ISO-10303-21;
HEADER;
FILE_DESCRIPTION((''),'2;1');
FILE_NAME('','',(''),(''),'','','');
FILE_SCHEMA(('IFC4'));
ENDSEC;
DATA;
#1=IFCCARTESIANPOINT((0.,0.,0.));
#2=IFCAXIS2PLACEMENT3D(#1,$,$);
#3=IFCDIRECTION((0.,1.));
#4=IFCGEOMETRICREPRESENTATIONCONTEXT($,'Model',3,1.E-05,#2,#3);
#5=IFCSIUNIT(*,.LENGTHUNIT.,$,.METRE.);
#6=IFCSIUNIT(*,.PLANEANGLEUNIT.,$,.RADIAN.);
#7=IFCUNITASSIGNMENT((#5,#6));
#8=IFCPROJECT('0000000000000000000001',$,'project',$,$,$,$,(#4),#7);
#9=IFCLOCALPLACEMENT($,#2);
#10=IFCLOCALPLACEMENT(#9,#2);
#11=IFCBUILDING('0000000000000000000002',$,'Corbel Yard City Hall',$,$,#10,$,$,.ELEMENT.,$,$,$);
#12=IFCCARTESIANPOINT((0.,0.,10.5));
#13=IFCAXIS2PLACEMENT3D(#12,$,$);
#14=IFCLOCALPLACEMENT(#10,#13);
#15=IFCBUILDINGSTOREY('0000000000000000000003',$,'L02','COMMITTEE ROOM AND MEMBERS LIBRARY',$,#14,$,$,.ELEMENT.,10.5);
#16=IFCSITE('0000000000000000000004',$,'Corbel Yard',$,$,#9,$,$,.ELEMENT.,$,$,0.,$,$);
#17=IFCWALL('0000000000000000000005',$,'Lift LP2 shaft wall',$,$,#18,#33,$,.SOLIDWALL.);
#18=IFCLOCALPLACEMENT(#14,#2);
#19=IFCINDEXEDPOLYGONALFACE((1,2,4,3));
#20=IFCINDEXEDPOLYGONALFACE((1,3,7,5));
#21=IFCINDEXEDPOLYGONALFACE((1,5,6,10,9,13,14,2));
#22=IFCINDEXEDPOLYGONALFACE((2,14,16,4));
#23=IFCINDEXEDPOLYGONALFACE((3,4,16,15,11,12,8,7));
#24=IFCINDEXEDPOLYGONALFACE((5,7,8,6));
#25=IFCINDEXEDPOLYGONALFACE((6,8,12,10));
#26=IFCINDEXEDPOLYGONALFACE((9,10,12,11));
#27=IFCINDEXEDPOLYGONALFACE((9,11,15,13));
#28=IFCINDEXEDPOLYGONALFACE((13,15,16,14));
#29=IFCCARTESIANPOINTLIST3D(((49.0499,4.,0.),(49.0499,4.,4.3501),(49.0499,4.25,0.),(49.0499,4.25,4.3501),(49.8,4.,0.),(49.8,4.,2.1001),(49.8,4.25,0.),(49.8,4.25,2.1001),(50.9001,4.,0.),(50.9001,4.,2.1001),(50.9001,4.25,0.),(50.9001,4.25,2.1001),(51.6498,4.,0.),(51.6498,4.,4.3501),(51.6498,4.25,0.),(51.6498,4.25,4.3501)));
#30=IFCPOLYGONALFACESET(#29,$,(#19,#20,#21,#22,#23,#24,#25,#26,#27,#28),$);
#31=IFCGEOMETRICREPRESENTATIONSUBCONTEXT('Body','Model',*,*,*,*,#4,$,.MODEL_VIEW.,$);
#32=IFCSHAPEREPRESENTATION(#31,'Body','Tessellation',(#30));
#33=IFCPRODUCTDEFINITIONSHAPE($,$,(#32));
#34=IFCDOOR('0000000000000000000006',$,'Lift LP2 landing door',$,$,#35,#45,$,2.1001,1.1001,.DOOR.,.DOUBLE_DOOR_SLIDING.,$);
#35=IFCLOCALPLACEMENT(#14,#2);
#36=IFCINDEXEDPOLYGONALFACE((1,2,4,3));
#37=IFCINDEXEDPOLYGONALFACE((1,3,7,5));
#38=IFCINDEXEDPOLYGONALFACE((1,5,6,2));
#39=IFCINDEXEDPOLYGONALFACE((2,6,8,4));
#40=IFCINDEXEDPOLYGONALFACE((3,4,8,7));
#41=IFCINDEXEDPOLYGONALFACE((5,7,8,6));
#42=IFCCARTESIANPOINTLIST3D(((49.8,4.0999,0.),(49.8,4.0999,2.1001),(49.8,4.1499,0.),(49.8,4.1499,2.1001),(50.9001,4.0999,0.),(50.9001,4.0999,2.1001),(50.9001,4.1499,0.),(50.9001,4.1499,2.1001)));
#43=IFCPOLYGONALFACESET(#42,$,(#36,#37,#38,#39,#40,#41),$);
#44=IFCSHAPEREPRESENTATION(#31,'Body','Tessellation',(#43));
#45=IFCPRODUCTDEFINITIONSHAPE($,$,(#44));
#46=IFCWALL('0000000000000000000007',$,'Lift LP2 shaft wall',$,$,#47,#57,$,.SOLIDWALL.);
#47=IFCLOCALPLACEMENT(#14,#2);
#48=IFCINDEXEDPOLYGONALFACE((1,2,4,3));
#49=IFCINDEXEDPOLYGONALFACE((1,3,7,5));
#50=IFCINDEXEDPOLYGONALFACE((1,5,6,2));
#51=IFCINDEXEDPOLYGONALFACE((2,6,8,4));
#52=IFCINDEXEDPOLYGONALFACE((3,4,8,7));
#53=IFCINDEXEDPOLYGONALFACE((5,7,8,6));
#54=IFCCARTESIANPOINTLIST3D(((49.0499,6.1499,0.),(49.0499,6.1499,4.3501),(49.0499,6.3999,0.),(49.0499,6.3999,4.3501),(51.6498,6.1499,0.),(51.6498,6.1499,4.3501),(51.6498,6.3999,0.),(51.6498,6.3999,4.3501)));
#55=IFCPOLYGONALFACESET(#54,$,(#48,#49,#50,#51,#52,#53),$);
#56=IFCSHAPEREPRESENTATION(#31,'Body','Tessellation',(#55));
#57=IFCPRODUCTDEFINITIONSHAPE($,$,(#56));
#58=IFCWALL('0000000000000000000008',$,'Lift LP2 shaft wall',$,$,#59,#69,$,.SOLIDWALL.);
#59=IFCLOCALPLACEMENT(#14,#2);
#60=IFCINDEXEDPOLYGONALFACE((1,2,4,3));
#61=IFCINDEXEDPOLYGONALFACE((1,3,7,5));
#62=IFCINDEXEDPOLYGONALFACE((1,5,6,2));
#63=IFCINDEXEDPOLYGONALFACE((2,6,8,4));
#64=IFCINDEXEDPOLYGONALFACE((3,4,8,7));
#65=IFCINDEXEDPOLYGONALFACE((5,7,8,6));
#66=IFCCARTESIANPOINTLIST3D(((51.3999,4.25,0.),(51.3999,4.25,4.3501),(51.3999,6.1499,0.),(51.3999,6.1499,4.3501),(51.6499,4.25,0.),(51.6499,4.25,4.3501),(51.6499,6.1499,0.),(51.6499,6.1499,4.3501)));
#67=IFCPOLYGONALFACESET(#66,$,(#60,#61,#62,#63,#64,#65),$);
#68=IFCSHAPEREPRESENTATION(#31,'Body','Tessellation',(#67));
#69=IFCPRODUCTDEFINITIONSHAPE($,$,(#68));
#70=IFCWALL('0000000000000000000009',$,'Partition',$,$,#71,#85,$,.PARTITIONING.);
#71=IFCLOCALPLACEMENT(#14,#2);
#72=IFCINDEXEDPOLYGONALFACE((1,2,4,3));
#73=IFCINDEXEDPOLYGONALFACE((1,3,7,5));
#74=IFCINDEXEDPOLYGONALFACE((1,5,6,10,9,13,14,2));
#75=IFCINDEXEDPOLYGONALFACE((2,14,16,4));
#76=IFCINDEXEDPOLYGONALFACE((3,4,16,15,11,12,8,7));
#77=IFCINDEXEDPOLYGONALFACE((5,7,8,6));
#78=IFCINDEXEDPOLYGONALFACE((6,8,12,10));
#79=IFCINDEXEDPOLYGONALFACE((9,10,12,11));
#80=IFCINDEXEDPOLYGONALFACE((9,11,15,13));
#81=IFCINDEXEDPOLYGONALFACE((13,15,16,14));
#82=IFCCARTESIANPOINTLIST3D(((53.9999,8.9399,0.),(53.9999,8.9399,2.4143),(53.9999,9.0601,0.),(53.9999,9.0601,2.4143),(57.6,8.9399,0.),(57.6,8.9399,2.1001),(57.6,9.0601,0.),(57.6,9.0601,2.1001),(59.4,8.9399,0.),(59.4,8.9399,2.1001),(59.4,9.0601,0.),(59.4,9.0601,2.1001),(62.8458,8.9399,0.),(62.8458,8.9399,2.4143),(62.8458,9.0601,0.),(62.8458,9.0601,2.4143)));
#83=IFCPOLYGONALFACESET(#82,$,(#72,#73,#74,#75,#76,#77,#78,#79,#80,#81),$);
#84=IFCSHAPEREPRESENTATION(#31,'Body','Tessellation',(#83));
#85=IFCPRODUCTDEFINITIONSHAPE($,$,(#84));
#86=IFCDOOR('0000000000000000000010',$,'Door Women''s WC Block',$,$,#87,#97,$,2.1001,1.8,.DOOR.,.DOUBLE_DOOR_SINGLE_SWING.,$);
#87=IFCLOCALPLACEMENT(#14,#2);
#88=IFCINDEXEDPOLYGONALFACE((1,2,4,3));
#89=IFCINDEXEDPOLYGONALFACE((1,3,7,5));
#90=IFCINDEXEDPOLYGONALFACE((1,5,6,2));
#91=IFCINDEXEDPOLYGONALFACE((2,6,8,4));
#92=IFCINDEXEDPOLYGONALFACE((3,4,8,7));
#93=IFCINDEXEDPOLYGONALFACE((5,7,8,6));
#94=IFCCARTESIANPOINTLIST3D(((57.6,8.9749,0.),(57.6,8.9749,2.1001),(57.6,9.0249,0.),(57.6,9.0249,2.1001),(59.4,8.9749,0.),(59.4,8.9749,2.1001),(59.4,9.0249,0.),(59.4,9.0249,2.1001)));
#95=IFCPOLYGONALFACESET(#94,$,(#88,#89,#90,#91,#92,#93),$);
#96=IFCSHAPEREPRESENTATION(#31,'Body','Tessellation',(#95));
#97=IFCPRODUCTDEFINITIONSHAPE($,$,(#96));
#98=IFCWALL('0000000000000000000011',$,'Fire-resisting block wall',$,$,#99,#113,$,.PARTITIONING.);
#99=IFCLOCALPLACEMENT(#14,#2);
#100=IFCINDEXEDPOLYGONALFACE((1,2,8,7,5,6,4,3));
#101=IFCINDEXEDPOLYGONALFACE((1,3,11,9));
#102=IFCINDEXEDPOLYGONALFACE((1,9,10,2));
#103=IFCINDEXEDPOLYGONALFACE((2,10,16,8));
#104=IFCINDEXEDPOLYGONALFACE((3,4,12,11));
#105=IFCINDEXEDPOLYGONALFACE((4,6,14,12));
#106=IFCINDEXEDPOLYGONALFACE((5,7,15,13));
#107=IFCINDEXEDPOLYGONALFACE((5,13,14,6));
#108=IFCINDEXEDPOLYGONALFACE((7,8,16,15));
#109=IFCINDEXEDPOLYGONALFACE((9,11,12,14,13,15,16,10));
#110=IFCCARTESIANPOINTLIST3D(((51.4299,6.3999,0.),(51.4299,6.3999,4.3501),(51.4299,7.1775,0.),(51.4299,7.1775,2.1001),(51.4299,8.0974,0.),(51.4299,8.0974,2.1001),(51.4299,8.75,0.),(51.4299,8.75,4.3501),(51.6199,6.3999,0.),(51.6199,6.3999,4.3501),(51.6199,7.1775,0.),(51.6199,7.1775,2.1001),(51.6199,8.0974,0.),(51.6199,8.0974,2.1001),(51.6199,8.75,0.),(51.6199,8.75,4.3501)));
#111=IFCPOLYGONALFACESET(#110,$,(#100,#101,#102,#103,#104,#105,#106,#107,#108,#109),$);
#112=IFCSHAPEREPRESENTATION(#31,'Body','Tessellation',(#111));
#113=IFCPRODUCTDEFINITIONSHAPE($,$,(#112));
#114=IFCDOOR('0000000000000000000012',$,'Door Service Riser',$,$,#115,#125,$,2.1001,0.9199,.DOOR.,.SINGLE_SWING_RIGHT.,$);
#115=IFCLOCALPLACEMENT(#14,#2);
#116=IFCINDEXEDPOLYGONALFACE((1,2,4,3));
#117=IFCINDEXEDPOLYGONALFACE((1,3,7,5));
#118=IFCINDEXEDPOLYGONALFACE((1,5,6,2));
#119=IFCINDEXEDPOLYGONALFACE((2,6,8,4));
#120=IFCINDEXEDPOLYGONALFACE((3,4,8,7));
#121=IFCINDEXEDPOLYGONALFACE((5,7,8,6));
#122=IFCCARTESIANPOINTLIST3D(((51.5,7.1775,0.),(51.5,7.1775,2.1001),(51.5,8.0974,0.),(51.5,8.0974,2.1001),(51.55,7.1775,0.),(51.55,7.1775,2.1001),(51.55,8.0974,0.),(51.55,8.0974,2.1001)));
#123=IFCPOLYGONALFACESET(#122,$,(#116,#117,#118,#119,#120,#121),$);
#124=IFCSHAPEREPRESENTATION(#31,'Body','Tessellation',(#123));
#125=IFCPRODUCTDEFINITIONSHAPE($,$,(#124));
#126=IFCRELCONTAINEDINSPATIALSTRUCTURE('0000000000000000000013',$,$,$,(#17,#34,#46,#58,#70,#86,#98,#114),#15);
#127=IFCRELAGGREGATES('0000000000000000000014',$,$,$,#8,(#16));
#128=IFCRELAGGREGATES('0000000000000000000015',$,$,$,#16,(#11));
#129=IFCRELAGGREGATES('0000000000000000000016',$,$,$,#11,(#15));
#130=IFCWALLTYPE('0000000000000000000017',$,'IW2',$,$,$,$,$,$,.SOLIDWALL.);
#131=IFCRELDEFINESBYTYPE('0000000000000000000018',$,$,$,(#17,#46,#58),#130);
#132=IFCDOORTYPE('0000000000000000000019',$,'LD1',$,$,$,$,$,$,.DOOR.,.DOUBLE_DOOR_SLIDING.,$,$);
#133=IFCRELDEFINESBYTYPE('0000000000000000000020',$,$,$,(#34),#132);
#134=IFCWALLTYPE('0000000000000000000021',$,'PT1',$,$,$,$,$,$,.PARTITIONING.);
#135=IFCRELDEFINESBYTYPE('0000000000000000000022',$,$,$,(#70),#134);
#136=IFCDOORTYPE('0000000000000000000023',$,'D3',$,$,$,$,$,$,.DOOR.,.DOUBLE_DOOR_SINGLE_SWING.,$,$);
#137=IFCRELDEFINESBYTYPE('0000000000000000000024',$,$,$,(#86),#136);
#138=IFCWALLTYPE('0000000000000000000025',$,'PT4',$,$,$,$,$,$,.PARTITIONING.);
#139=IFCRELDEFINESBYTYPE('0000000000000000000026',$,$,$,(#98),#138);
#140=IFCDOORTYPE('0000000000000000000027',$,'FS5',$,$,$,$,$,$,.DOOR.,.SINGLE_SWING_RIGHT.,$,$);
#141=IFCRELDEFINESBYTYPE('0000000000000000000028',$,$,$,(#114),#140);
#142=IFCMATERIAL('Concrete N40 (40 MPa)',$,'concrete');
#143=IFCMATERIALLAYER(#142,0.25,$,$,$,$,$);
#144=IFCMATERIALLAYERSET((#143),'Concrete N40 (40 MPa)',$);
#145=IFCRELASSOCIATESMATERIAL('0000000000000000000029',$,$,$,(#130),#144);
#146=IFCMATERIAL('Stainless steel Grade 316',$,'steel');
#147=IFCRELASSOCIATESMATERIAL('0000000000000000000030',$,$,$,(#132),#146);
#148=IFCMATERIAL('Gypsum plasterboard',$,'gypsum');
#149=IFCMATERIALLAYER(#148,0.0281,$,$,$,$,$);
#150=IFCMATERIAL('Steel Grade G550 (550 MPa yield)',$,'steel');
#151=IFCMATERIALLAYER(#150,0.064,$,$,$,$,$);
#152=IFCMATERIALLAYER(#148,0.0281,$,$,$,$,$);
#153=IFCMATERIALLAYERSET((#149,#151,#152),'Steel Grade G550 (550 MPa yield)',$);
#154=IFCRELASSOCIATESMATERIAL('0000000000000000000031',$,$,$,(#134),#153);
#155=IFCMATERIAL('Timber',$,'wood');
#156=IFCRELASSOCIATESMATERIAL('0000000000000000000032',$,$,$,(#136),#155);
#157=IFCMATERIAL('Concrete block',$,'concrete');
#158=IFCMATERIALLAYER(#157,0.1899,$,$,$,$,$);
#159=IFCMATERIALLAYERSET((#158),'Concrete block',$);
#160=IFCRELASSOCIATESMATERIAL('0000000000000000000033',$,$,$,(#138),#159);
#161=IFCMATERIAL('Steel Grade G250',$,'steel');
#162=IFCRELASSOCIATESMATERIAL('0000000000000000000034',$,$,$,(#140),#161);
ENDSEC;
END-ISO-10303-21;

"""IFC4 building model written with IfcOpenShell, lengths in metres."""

from ifc_helpers import new_model, si_unit, direction, frame, frame_2d, origin, place, context, subcontext, project, spatial, rectangle, extrude, material, layer, layer_set, type_object, element, fill, save


model = new_model("IFC4")

# Units and contexts
model_context = context("Model", 3, precision=1e-05, world=origin(), true_north=direction((0.0, 1.0)))
body_context = subcontext(model_context, "Body", "Model", "MODEL_VIEW")
ifc_project = project(units=[si_unit("LENGTHUNIT", "METRE"), si_unit("PLANEANGLEUNIT", "RADIAN")], contexts=[model_context])

# Site, building, storey
site_placement = place(None, origin())
site = spatial("IfcSite", under=ifc_project, at=site_placement, Name="Corbel Yard", CompositionType="ELEMENT", RefElevation=0.0)
building_placement = place(site_placement, origin())
building = spatial("IfcBuilding", under=site, at=building_placement, Name="Corbel Yard City Hall", CompositionType="ELEMENT")
storey_placement = place(building_placement, frame((0.0, 0.0, 10.5)))
storey = spatial("IfcBuildingStorey", under=building, at=storey_placement, Name="L02", Description="COMMITTEE ROOM AND MEMBERS LIBRARY", CompositionType="ELEMENT", Elevation=10.5)

# Shared definitions
ifc_material_1 = material(Name="Steel Grade G250", Category="steel")

# Shared definitions
ifc_material_2 = material(Name="Gypsum plasterboard", Category="gypsum")

# Wall, opening, door
ifc_material_3 = material(Name="Concrete N40 (40 MPa)", Category="concrete")
ifc_layer_1 = layer(ifc_material_3, 0.25)
ifc_layer_set_1 = layer_set([ifc_layer_1], Name="Concrete N40 (40 MPa)")
wall_type_1 = type_object("IfcWallType", Name="IW2", PredefinedType="SOLIDWALL", material=ifc_layer_set_1)
wall_1_placement = place(storey_placement, frame((49.05, 4.125, 0.0), z_axis=(0.0, 0.0, 1.0), x_axis=(1.0, 0.0, 0.0)))
wall_1 = element("IfcWall", 1, at=wall_1_placement, inside=storey, type_object=wall_type_1, Name="Lift LP2 shaft wall", PredefinedType="SOLIDWALL", context=body_context, shape_type="SweptSolid", body=[
    extrude(rectangle(XDim=2.5999, YDim=0.25, at=frame_2d((1.2998, 0.0))), origin(), (0.0, 0.0, 1.0), 4.3501),
])
opening_1_placement = place(wall_1_placement, frame((0.75, 0.0, 0.0)))
opening_1 = element("IfcOpeningElement", 2, at=opening_1_placement, cuts=wall_1, PredefinedType="OPENING", context=body_context, shape_type="SweptSolid", body=[
    extrude(rectangle(XDim=1.1001, YDim=2.1001, at=frame_2d((0.55, 1.05))), frame((0.0, 0.135, 0.0), z_axis=(0.0, -1.0, 0.0), x_axis=(1.0, 0.0, 0.0)), (0.0, 0.0, 1.0), 0.27),
])
ifc_material_4 = material(Name="Stainless steel Grade 316", Category="steel")
door_type_1 = type_object("IfcDoorType", Name="LD1", OperationType="DOUBLE_DOOR_SLIDING", PredefinedType="DOOR", material=ifc_material_4)
door_1_placement = place(opening_1_placement, origin())
door_1 = element("IfcDoor", 3, at=door_1_placement, inside=storey, type_object=door_type_1, Name="Lift LP2 landing door", OperationType="DOUBLE_DOOR_SLIDING", OverallHeight=2.1001, OverallWidth=1.1001, PredefinedType="DOOR", context=body_context, shape_type="SweptSolid", body=[
    extrude(rectangle(XDim=1.1001, YDim=2.1001, at=frame_2d((0.55, 1.05))), frame((0.0, 0.0249, 0.0), z_axis=(0.0, -1.0, 0.0), x_axis=(1.0, 0.0, 0.0)), (0.0, 0.0, 1.0), 0.05),
])
fill(opening_1, door_1)

# Walls
wall_2_placement = place(storey_placement, frame((49.05, 6.2749, 0.0), z_axis=(0.0, 0.0, 1.0), x_axis=(1.0, 0.0, 0.0)))
element("IfcWall", 4, at=wall_2_placement, inside=storey, type_object=wall_type_1, Name="Lift LP2 shaft wall", PredefinedType="SOLIDWALL", context=body_context, shape_type="SweptSolid", body=[
    extrude(rectangle(XDim=2.5999, YDim=0.25, at=frame_2d((1.2998, 0.0))), origin(), (0.0, 0.0, 1.0), 4.3501),
])
wall_3_placement = place(storey_placement, frame((51.5249, 4.25, 0.0), z_axis=(0.0, 0.0, 1.0), x_axis=(0.0, 1.0, 0.0)))
element("IfcWall", 5, at=wall_3_placement, inside=storey, type_object=wall_type_1, Name="Lift LP2 shaft wall", PredefinedType="SOLIDWALL", context=body_context, shape_type="SweptSolid", body=[
    extrude(rectangle(XDim=1.8999, YDim=0.25, at=frame_2d((0.95, 0.0))), origin(), (0.0, 0.0, 1.0), 4.3501),
])

# Walls, openings, doors
ifc_layer_2 = layer(ifc_material_2, 0.0281)
ifc_material_5 = material(Name="Steel Grade G550 (550 MPa yield)", Category="steel")
ifc_layer_3 = layer(ifc_material_5, 0.064)
ifc_layer_4 = layer(ifc_material_2, 0.0281)
ifc_layer_set_2 = layer_set([ifc_layer_2, ifc_layer_3, ifc_layer_4], Name="Steel Grade G550 (550 MPa yield)")
wall_type_2 = type_object("IfcWallType", Name="PT1", PredefinedType="PARTITIONING", material=ifc_layer_set_2)
wall_4_placement = place(storey_placement, frame((54.0, 9.0, 0.0), z_axis=(0.0, 0.0, 1.0), x_axis=(1.0, 0.0, 0.0)))
wall_4 = element("IfcWall", 6, at=wall_4_placement, inside=storey, type_object=wall_type_2, Name="Partition", PredefinedType="PARTITIONING", context=body_context, shape_type="SweptSolid", body=[
    extrude(rectangle(XDim=8.8459, YDim=0.1201, at=frame_2d((4.4229, 0.0))), origin(), (0.0, 0.0, 1.0), 2.4143),
])
opening_2_placement = place(wall_4_placement, frame((3.6001, 0.0, 0.0)))
opening_2 = element("IfcOpeningElement", 7, at=opening_2_placement, cuts=wall_4, PredefinedType="OPENING", context=body_context, shape_type="SweptSolid", body=[
    extrude(rectangle(XDim=1.8, YDim=2.1001, at=frame_2d((0.8999, 1.05))), frame((0.0, 0.0701, 0.0), z_axis=(0.0, -1.0, 0.0), x_axis=(1.0, 0.0, 0.0)), (0.0, 0.0, 1.0), 0.1401),
])
ifc_material_6 = material(Name="Timber", Category="wood")
door_type_2 = type_object("IfcDoorType", Name="D3", OperationType="DOUBLE_DOOR_SINGLE_SWING", PredefinedType="DOOR", material=ifc_material_6)
door_2_placement = place(opening_2_placement, origin())
door_2 = element("IfcDoor", 8, at=door_2_placement, inside=storey, type_object=door_type_2, Name="Door Women's WC Block", OperationType="DOUBLE_DOOR_SINGLE_SWING", OverallHeight=2.1001, OverallWidth=1.8, PredefinedType="DOOR", context=body_context, shape_type="SweptSolid", body=[
    extrude(rectangle(XDim=1.8, YDim=2.1001, at=frame_2d((0.8999, 1.05))), frame((0.0, 0.0249, 0.0), z_axis=(0.0, -1.0, 0.0), x_axis=(1.0, 0.0, 0.0)), (0.0, 0.0, 1.0), 0.05),
])
fill(opening_2, door_2)
ifc_material_7 = material(Name="Concrete block", Category="concrete")
ifc_layer_5 = layer(ifc_material_7, 0.1899)
ifc_layer_set_3 = layer_set([ifc_layer_5], Name="Concrete block")
wall_type_3 = type_object("IfcWallType", Name="PT4", PredefinedType="PARTITIONING", material=ifc_layer_set_3)
wall_5_placement = place(storey_placement, frame((51.5249, 6.3999, 0.0), z_axis=(0.0, 0.0, 1.0), x_axis=(0.0, 1.0, 0.0)))
wall_5 = element("IfcWall", 9, at=wall_5_placement, inside=storey, type_object=wall_type_3, Name="Fire-resisting block wall", PredefinedType="PARTITIONING", context=body_context, shape_type="SweptSolid", body=[
    extrude(rectangle(XDim=2.3501, YDim=0.1899, at=frame_2d((1.175, 0.0))), origin(), (0.0, 0.0, 1.0), 4.3501),
])
opening_3_placement = place(wall_5_placement, frame((0.7776, 0.0, 0.0)))
opening_3 = element("IfcOpeningElement", 10, at=opening_3_placement, cuts=wall_5, PredefinedType="OPENING", context=body_context, shape_type="SweptSolid", body=[
    extrude(rectangle(XDim=0.9199, YDim=2.1001, at=frame_2d((0.46, 1.05))), frame((0.0, 0.105, 0.0), z_axis=(0.0, -1.0, 0.0), x_axis=(1.0, 0.0, 0.0)), (0.0, 0.0, 1.0), 0.21),
])
door_type_3 = type_object("IfcDoorType", Name="FS5", OperationType="SINGLE_SWING_RIGHT", PredefinedType="DOOR", material=ifc_material_1)
door_3_placement = place(opening_3_placement, origin())
door_3 = element("IfcDoor", 11, at=door_3_placement, inside=storey, type_object=door_type_3, Name="Door Service Riser", OperationType="SINGLE_SWING_RIGHT", OverallHeight=2.1001, OverallWidth=0.9199, PredefinedType="DOOR", context=body_context, shape_type="SweptSolid", body=[
    extrude(rectangle(XDim=0.9199, YDim=2.1001, at=frame_2d((0.46, 1.05))), frame((0.0, 0.0249, 0.0), z_axis=(0.0, -1.0, 0.0), x_axis=(1.0, 0.0, 0.0)), (0.0, 0.0, 1.0), 0.05),
])
fill(opening_3, door_3)

save(model, "model.ifc")
